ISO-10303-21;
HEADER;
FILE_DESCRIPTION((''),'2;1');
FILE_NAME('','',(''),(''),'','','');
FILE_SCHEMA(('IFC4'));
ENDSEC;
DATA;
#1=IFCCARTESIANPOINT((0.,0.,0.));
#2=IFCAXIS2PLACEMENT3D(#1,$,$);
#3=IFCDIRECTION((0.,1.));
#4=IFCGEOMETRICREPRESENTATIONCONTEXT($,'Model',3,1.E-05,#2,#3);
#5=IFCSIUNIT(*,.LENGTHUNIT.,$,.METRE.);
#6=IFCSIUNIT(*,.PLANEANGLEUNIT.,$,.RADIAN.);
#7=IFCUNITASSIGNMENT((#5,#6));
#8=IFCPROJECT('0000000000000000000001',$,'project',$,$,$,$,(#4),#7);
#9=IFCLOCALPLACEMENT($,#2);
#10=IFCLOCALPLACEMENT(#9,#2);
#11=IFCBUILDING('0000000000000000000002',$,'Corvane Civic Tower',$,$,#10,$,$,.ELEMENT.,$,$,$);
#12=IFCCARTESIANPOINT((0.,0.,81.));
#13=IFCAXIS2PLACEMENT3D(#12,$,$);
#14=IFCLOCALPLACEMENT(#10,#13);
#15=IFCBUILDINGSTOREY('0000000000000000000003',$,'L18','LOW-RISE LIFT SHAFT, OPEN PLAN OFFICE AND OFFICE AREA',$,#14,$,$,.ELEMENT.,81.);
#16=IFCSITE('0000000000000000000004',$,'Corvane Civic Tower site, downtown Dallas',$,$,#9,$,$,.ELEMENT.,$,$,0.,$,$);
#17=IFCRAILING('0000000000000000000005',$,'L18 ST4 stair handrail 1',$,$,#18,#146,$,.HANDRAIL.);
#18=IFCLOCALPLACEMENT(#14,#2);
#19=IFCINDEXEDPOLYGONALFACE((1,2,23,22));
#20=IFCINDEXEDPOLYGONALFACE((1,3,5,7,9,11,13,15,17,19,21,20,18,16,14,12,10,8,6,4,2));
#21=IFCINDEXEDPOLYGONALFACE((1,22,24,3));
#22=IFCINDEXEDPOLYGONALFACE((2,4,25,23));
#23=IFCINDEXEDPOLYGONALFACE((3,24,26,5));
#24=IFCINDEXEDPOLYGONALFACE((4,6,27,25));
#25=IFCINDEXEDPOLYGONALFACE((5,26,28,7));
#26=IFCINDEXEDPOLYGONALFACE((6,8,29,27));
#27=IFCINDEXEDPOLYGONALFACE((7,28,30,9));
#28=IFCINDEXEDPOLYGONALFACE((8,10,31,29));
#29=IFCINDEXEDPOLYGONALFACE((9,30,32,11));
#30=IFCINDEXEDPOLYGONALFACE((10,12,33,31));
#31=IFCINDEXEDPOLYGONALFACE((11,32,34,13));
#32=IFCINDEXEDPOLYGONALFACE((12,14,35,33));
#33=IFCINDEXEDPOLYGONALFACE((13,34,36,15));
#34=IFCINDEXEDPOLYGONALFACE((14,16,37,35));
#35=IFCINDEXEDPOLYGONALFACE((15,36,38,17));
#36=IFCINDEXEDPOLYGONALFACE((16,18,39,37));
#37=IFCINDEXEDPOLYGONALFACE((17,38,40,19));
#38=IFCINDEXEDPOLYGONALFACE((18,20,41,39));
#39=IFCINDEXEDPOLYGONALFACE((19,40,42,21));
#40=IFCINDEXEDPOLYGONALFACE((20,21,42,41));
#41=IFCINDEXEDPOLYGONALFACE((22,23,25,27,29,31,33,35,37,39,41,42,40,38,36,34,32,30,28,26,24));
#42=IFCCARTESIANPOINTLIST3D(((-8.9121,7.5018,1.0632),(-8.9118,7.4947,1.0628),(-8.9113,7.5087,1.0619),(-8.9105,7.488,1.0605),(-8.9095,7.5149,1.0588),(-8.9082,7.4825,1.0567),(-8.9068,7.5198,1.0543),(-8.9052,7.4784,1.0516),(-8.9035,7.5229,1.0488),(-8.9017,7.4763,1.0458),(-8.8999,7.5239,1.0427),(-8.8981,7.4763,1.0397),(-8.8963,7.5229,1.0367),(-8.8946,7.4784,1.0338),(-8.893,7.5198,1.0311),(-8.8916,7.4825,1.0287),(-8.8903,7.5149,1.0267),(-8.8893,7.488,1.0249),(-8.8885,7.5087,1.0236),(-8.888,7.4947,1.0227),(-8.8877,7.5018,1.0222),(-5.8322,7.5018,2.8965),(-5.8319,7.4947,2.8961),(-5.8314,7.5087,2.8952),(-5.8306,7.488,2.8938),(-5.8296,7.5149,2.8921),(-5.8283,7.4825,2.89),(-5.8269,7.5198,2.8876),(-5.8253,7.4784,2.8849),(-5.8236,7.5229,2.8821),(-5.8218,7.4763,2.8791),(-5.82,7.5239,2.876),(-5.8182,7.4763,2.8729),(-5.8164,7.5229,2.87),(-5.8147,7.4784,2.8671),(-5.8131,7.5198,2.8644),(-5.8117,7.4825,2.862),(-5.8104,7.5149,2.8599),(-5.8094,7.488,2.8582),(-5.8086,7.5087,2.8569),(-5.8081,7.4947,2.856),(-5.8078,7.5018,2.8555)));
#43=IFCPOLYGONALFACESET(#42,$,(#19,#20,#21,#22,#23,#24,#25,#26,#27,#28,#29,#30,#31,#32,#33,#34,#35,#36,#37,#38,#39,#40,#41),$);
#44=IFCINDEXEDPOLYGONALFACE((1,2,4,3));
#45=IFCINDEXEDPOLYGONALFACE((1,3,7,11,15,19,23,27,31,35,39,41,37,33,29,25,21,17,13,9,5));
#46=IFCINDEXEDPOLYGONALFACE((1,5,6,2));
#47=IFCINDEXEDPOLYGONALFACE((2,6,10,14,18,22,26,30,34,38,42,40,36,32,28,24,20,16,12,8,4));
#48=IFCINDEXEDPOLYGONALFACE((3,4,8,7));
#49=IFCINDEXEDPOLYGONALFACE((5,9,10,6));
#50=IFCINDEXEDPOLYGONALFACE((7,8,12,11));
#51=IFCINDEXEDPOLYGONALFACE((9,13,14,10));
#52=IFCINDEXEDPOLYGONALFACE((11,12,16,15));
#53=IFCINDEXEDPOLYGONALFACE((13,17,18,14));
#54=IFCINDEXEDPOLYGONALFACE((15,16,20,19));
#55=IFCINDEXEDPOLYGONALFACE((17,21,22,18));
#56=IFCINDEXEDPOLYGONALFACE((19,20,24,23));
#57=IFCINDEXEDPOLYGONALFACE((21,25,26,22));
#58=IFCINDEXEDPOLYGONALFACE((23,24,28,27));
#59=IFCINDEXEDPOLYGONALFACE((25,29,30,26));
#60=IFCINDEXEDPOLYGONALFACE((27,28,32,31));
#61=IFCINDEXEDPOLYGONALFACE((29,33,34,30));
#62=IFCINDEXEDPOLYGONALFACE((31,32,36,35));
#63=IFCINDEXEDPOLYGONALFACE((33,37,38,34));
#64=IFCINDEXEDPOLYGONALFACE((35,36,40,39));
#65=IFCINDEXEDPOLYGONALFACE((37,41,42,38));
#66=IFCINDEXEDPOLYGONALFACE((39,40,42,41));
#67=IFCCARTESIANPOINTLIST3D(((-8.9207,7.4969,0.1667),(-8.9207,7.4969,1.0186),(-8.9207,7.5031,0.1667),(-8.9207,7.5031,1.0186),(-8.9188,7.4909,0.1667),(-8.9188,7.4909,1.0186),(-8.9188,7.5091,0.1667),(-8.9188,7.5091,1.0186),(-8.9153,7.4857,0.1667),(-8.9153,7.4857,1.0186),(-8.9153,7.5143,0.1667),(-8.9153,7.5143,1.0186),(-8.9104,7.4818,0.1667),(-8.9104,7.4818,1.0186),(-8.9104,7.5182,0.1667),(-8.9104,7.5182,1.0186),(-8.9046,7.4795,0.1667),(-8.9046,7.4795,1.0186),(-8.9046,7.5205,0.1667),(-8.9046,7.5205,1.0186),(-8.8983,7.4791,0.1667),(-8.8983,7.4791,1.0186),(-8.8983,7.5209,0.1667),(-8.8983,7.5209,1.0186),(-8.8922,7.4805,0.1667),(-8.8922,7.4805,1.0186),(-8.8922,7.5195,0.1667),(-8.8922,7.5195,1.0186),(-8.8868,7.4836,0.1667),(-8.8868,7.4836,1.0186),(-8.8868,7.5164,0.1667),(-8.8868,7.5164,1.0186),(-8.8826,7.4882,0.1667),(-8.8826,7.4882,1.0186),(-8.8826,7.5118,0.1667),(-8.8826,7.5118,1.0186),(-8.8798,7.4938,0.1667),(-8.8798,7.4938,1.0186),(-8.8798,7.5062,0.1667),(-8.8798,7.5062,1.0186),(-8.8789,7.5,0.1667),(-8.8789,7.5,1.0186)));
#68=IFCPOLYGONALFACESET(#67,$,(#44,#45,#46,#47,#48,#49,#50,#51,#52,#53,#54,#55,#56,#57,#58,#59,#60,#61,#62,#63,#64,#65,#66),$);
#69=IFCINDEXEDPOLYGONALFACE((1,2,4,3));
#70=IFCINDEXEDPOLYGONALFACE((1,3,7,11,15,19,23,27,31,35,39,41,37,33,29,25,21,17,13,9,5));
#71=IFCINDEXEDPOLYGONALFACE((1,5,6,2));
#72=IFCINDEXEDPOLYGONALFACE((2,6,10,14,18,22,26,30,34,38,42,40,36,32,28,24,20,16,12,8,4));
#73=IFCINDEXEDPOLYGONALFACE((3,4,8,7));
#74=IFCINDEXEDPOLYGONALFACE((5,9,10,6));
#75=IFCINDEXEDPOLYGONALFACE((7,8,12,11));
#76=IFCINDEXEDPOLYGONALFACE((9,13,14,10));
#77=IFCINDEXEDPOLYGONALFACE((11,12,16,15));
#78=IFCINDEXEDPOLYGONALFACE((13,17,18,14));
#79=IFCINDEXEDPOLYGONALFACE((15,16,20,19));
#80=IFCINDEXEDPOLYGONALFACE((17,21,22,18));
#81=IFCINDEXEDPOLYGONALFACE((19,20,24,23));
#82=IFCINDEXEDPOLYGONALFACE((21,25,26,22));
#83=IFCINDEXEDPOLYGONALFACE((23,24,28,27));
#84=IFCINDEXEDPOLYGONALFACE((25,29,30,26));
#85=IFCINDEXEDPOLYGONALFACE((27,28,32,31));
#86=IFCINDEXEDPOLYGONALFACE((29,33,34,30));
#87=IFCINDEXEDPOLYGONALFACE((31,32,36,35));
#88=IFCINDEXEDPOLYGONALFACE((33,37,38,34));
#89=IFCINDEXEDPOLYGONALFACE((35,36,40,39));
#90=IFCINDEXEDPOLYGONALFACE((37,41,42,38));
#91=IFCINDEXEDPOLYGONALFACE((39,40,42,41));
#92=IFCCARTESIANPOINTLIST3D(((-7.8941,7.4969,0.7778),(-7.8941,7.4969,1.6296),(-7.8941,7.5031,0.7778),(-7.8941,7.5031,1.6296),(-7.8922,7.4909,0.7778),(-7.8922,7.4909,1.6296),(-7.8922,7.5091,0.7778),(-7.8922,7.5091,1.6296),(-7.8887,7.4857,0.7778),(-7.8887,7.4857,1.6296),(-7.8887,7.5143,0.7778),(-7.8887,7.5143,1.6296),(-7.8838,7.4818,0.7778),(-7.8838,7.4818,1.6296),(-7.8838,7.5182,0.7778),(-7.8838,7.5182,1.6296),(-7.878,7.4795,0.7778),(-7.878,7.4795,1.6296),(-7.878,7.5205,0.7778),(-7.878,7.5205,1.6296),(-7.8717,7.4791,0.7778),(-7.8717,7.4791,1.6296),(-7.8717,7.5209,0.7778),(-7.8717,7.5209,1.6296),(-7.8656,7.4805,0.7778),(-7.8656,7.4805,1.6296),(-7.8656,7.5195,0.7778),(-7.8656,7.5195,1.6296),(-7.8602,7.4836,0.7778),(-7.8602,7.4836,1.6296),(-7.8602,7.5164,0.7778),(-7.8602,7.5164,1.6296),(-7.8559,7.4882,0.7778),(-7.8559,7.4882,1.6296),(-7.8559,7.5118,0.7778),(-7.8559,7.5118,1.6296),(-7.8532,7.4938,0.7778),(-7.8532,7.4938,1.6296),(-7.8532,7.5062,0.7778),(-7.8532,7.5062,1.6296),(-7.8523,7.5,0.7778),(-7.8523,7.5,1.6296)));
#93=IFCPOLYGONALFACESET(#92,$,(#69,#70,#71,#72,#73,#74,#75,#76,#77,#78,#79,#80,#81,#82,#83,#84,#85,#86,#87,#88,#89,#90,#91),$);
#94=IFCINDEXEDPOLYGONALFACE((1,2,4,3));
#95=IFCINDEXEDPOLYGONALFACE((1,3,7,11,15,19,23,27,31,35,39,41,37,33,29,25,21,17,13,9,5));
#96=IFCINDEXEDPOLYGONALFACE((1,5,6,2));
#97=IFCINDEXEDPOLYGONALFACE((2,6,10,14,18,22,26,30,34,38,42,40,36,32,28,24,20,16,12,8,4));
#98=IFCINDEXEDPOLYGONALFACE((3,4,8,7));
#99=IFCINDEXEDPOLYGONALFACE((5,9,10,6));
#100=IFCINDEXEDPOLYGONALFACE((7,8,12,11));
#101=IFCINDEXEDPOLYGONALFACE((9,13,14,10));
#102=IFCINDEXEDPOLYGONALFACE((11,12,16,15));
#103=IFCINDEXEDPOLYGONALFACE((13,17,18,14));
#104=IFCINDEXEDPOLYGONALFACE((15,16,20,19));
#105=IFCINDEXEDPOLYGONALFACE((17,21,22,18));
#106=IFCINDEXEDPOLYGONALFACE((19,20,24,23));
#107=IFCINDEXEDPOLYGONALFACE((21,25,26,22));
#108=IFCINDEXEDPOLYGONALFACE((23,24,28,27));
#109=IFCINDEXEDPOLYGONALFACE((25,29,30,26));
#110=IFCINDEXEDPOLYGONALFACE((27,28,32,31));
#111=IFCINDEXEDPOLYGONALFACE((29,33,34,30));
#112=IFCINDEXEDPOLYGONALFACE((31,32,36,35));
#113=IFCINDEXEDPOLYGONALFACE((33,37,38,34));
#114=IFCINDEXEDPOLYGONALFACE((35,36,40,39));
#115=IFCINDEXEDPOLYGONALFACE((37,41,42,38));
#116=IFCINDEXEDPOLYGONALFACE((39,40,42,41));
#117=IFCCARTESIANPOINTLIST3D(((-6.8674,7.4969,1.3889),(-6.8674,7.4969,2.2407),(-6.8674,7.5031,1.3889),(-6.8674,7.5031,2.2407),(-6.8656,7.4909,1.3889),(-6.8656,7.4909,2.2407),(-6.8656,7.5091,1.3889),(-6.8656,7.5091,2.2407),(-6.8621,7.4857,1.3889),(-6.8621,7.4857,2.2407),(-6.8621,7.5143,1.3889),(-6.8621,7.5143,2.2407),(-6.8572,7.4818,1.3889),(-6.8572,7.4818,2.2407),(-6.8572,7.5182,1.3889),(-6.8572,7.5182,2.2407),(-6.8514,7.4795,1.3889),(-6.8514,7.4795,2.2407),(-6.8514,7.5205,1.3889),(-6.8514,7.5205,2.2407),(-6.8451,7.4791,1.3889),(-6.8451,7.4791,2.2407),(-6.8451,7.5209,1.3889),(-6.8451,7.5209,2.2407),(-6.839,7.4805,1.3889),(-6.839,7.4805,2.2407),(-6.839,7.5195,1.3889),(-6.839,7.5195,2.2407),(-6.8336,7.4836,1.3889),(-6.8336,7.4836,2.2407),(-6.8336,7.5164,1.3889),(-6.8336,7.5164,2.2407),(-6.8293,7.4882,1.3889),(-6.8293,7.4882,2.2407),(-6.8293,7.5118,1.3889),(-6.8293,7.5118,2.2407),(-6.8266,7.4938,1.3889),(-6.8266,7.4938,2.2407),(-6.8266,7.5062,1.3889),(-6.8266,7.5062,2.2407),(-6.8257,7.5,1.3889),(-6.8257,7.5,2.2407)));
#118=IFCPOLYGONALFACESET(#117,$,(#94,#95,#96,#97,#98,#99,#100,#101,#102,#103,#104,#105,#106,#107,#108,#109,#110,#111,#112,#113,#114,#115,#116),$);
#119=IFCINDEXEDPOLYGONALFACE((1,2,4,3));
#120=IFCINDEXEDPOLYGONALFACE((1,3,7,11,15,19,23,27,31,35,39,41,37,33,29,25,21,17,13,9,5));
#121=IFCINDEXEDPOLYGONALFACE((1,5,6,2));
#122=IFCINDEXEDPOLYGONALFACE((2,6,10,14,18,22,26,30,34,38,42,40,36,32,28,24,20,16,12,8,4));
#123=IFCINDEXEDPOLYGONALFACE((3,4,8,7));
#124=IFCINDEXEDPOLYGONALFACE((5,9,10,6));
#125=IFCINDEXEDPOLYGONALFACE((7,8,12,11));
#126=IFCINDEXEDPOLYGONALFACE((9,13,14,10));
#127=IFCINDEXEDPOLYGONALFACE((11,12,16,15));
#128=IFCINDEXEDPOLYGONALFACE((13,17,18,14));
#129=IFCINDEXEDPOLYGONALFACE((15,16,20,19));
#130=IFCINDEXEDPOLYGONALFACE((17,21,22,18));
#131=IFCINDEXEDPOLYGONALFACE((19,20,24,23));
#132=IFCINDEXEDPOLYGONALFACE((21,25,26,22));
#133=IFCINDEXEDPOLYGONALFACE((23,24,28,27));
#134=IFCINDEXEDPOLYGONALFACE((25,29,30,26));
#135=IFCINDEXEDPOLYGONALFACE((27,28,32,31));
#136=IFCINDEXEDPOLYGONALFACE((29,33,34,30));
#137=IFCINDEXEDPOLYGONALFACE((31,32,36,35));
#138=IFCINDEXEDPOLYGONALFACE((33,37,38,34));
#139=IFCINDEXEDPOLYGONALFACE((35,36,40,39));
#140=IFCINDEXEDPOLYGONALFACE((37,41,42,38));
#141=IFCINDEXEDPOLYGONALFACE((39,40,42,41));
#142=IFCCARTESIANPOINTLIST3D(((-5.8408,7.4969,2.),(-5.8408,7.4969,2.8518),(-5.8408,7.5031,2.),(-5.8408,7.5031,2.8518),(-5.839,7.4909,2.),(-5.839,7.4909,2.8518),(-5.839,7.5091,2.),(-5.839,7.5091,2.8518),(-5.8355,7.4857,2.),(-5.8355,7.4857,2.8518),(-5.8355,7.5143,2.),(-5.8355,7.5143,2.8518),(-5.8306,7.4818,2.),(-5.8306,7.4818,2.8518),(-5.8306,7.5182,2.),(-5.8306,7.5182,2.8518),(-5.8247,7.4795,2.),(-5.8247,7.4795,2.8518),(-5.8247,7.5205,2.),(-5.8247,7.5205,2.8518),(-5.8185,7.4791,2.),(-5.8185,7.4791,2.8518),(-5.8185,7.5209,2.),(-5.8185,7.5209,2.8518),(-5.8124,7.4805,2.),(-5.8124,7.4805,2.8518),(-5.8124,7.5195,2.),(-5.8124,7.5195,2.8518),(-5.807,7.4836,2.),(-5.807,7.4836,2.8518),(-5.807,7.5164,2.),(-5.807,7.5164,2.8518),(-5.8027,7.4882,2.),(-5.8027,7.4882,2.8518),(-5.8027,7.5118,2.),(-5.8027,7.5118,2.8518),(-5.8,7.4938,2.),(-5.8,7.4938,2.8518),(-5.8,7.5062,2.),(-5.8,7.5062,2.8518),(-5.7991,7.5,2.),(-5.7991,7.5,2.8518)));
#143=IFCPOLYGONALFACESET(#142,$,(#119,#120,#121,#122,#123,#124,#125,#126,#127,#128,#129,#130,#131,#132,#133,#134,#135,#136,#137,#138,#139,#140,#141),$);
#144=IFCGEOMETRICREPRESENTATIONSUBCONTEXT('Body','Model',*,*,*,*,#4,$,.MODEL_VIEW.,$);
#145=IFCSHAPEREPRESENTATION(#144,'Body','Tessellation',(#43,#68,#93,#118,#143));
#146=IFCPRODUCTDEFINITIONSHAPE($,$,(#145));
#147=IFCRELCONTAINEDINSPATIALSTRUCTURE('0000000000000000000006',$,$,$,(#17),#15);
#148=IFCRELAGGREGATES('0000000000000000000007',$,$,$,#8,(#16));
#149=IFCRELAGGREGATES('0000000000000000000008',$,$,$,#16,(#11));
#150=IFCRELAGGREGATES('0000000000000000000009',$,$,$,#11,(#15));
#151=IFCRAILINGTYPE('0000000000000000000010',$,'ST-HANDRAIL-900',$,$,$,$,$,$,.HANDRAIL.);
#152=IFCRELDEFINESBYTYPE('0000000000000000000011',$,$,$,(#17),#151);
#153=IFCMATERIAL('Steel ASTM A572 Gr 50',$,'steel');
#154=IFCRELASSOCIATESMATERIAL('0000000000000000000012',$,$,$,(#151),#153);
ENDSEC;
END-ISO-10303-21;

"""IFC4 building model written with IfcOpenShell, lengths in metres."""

from ifc_helpers import new_model, si_unit, direction, frame, origin, origin_2d, place, context, subcontext, project, spatial, circle, extrude, material, type_object, element, save


model = new_model("IFC4")

# Units and contexts
model_context = context("Model", 3, precision=1e-05, world=origin(), true_north=direction((0.0, 1.0)))
body_context = subcontext(model_context, "Body", "Model", "MODEL_VIEW")
ifc_project = project(units=[si_unit("LENGTHUNIT", "METRE"), si_unit("PLANEANGLEUNIT", "RADIAN")], contexts=[model_context])

# Site, building, storey
site_placement = place(None, origin())
site = spatial("IfcSite", under=ifc_project, at=site_placement, Name="Corvane Civic Tower site, downtown Dallas", CompositionType="ELEMENT", RefElevation=0.0)
building_placement = place(site_placement, origin())
building = spatial("IfcBuilding", under=site, at=building_placement, Name="Corvane Civic Tower", CompositionType="ELEMENT")
storey_placement = place(building_placement, frame((0.0, 0.0, 81.0)))
storey = spatial("IfcBuildingStorey", under=building, at=storey_placement, Name="L18", Description="LOW-RISE LIFT SHAFT, OPEN PLAN OFFICE AND OFFICE AREA", CompositionType="ELEMENT", Elevation=81.0)

# Railing
ifc_material_1 = material(Name="Steel ASTM A572 Gr 50", Category="steel")
railing_type_1 = type_object("IfcRailingType", Name="ST-HANDRAIL-900", PredefinedType="HANDRAIL", material=ifc_material_1)
railing_1_placement = place(storey_placement, frame((-8.8999, 7.5, 0.1667)))
element("IfcRailing", 1, at=railing_1_placement, inside=storey, type_object=railing_type_1, Name="L18 ST4 stair handrail 1", PredefinedType="HANDRAIL", context=body_context, shape_type="SweptSolid", body=[
    extrude(circle(Radius=0.0239, at=origin_2d()), frame((0.0, 0.0, 0.876), z_axis=(0.859291, 0.0, 0.511487), x_axis=(0.0, 1.0, 0.0)), (0.0, 0.0, 1.0), 3.5842),
    extrude(circle(Radius=0.021, at=origin_2d()), origin(), (0.0, 0.0, 1.0), 0.8518),
    extrude(circle(Radius=0.021, at=origin_2d()), frame((1.0266, 0.0, 0.6111)), (0.0, 0.0, 1.0), 0.8518),
    extrude(circle(Radius=0.021, at=origin_2d()), frame((2.0532, 0.0, 1.2222)), (0.0, 0.0, 1.0), 0.8518),
    extrude(circle(Radius=0.021, at=origin_2d()), frame((3.0798, 0.0, 1.8333)), (0.0, 0.0, 1.0), 0.8518),
])

save(model, "model.ifc")
